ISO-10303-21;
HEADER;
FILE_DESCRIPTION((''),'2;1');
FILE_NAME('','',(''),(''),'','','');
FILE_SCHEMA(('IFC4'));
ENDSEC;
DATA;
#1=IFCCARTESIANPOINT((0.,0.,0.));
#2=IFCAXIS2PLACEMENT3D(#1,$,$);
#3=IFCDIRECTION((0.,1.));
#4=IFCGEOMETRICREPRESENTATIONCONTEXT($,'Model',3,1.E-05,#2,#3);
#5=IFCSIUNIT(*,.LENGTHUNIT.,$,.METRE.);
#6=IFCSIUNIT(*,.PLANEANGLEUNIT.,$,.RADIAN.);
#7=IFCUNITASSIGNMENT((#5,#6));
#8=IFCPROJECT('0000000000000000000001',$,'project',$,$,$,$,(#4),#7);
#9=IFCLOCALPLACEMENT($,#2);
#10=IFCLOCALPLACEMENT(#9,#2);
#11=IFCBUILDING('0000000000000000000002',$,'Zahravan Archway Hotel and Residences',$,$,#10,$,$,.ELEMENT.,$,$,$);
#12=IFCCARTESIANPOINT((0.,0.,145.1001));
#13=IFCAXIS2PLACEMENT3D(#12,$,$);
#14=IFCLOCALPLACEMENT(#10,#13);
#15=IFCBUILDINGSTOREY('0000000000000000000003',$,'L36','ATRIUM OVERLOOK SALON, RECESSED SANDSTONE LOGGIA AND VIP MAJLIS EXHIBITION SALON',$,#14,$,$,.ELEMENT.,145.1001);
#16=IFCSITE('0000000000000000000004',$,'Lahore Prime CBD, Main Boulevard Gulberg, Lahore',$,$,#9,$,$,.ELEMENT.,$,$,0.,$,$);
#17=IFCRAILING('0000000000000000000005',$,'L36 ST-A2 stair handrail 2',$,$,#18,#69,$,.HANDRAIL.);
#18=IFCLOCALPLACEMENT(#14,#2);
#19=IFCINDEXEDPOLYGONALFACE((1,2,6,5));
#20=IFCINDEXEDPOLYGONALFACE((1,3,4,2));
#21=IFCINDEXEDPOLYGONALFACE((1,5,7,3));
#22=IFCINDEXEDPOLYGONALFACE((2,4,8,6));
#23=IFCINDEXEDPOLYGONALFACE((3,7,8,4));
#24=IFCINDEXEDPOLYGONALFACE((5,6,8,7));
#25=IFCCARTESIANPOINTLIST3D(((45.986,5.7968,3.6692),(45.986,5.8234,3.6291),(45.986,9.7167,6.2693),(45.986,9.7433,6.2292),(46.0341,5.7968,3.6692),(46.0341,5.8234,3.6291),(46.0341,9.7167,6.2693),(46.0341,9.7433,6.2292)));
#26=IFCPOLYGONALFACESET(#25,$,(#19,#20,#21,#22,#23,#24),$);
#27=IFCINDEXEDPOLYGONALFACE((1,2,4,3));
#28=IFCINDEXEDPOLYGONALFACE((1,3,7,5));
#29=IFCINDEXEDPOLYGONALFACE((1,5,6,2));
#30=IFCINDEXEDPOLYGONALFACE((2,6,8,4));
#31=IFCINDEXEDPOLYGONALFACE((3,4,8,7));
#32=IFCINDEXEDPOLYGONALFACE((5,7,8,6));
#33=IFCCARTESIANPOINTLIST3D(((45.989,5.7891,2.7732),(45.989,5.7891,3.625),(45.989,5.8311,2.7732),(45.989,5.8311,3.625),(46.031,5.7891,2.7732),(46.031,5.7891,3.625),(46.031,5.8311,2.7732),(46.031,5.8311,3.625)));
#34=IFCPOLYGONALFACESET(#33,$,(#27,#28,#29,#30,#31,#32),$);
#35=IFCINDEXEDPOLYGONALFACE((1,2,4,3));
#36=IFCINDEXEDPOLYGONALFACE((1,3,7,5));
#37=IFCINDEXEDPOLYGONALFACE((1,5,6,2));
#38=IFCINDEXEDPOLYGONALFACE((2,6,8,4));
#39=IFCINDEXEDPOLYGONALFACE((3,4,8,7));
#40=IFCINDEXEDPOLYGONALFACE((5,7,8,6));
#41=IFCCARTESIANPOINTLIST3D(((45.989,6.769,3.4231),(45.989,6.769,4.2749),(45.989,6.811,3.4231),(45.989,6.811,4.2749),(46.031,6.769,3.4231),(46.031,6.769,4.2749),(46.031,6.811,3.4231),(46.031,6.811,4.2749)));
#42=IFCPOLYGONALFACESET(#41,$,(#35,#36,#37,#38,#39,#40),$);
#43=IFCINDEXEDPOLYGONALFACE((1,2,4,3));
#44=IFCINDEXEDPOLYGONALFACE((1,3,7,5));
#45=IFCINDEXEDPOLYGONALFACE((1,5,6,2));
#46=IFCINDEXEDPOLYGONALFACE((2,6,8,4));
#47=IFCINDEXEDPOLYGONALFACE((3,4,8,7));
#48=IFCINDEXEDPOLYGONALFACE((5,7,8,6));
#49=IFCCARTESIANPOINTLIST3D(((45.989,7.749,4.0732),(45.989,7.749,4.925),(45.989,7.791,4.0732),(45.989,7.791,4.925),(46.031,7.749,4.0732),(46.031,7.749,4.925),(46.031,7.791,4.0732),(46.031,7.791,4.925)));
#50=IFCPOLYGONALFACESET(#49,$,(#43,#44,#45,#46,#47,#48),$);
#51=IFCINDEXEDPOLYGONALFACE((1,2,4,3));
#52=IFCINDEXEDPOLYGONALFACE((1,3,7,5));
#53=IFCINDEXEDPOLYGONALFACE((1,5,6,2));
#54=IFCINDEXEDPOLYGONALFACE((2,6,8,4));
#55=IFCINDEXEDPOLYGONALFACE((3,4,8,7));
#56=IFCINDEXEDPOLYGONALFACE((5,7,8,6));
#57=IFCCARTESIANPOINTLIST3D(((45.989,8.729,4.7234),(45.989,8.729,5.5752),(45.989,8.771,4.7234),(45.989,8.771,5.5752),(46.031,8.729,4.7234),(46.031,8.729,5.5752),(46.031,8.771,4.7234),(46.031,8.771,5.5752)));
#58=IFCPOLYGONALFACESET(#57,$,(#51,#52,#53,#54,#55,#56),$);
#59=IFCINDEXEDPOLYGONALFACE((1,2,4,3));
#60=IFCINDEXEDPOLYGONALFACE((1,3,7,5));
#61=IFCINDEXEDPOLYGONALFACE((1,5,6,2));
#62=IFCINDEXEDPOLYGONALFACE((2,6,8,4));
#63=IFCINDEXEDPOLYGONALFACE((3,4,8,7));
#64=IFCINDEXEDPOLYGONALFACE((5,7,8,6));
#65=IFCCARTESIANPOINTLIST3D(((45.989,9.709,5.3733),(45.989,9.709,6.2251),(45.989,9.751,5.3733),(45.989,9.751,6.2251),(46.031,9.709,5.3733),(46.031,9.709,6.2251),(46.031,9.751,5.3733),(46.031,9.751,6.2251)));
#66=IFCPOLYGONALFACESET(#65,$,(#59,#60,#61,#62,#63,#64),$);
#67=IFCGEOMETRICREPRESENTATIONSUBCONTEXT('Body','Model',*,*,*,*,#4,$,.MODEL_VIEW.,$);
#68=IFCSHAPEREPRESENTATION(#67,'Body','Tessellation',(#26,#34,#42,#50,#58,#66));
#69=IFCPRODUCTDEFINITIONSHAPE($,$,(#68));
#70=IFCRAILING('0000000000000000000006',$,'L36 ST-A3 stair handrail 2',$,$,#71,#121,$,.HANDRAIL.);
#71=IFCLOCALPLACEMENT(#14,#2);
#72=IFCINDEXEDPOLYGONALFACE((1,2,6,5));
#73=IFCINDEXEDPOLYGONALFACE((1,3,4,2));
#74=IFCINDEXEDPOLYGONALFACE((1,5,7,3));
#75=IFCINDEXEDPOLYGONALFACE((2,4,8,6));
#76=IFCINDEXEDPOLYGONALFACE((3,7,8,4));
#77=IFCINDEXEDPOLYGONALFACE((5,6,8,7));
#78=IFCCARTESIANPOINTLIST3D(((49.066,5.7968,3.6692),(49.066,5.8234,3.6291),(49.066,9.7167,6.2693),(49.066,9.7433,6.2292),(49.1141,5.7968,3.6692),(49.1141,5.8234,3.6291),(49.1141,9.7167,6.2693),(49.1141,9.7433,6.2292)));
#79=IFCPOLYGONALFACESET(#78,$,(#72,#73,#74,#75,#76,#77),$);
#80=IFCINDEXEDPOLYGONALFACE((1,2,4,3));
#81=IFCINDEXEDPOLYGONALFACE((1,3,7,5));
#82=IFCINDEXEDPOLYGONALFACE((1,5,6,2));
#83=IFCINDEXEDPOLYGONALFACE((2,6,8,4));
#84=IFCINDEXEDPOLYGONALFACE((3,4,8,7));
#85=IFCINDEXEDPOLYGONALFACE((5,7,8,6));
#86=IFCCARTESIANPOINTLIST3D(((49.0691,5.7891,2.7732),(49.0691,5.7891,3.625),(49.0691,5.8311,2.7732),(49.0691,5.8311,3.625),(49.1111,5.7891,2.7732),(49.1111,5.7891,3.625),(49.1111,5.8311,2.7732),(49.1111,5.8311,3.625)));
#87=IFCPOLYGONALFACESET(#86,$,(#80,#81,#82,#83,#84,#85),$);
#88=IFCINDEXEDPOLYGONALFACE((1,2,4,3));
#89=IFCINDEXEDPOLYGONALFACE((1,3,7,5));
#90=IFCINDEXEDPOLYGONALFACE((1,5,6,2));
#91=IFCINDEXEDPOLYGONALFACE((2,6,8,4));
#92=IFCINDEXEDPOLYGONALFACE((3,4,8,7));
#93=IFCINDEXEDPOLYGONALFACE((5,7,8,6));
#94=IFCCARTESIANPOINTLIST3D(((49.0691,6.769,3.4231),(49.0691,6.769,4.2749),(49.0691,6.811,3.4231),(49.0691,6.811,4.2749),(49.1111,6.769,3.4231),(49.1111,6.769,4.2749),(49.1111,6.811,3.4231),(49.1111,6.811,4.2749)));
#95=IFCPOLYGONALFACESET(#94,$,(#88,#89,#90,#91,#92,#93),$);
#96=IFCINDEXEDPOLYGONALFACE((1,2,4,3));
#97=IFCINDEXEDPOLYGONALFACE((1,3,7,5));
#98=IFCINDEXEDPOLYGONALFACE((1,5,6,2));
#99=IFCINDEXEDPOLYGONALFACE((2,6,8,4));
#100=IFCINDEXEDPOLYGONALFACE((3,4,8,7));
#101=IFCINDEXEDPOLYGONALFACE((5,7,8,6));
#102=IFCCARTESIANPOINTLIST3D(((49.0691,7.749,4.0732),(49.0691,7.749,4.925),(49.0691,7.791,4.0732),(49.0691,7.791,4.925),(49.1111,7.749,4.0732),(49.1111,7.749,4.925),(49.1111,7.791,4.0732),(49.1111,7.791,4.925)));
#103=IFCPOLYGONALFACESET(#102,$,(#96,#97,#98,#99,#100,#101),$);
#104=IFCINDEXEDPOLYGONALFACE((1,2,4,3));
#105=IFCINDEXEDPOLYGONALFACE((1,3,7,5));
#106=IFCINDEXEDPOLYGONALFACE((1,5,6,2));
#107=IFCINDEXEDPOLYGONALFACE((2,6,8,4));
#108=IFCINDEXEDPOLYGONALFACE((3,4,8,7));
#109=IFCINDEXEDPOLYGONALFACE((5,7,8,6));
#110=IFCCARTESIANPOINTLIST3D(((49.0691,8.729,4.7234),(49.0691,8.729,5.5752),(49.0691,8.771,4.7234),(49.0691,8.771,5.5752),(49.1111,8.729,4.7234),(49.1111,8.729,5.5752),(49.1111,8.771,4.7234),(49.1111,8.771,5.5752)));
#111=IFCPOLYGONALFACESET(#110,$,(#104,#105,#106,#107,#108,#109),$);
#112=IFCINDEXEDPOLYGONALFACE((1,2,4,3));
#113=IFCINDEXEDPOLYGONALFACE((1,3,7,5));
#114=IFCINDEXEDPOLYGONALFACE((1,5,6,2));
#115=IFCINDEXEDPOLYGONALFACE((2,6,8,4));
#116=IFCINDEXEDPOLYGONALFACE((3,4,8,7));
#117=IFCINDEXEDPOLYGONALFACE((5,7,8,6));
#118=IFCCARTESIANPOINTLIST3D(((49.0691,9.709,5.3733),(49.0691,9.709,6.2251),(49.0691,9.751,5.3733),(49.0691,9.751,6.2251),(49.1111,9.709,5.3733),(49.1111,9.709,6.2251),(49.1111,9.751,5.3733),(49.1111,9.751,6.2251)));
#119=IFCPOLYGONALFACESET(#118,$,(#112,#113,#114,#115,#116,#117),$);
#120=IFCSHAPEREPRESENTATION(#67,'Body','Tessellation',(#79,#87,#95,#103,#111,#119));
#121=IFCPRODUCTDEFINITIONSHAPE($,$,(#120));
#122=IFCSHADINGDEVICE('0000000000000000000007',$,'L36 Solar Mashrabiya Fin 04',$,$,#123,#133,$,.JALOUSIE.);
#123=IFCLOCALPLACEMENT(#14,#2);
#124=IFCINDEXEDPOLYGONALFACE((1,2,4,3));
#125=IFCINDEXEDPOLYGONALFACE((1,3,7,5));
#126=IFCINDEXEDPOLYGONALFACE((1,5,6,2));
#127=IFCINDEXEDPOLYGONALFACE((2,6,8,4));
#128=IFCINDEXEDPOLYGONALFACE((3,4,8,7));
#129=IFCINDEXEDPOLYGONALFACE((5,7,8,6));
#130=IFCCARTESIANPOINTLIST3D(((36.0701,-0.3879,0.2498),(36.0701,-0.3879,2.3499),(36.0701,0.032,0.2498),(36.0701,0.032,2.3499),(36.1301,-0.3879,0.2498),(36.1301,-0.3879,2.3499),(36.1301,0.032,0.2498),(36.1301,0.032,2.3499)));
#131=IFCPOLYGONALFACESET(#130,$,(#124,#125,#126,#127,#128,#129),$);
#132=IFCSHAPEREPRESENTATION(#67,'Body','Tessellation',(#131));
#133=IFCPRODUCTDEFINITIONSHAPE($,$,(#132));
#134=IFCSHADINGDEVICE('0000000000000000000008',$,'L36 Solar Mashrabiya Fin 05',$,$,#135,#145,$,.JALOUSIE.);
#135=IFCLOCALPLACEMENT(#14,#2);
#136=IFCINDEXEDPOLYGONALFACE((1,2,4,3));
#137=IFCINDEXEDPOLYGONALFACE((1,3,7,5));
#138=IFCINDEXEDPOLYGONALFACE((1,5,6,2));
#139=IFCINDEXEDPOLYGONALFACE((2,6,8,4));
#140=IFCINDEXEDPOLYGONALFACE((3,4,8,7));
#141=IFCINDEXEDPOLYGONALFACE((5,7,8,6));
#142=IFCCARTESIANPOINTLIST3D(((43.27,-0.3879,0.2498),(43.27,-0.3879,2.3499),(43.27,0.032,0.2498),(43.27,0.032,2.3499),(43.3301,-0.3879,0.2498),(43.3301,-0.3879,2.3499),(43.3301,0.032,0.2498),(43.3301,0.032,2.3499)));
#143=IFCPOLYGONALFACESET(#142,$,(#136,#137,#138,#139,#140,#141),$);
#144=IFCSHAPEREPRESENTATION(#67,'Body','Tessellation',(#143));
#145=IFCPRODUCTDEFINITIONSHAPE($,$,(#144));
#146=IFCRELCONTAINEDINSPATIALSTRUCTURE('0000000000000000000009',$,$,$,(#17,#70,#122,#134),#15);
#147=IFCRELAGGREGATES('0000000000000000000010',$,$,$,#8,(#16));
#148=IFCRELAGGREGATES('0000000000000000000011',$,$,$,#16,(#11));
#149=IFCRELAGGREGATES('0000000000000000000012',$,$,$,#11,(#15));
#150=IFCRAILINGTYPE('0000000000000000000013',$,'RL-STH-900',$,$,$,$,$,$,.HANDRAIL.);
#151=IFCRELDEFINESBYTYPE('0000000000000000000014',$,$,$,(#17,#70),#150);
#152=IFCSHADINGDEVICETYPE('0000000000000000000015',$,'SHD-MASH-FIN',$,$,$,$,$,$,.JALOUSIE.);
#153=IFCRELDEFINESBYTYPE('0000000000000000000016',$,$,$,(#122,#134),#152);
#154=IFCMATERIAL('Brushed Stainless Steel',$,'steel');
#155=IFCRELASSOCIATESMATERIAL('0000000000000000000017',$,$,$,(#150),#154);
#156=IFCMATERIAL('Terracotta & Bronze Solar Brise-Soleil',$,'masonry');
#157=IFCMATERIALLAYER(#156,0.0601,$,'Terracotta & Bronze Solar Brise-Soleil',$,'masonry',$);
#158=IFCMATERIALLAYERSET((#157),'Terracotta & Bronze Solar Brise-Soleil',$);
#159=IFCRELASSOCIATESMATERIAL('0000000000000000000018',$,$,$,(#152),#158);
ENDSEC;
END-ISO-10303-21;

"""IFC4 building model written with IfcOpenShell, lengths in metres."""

from ifc_helpers import new_model, si_unit, direction, frame, origin, origin_2d, place, context, subcontext, project, spatial, rectangle, extrude, source, transform, mapped, material, layer, layer_set, type_object, type_shapes, element, save


model = new_model("IFC4")

# Units and contexts
model_context = context("Model", 3, precision=1e-05, world=origin(), true_north=direction((0.0, 1.0)))
body_context = subcontext(model_context, "Body", "Model", "MODEL_VIEW")
ifc_project = project(units=[si_unit("LENGTHUNIT", "METRE"), si_unit("PLANEANGLEUNIT", "RADIAN")], contexts=[model_context])

# Site, building, storey
site_placement = place(None, origin())
site = spatial("IfcSite", under=ifc_project, at=site_placement, Name="Lahore Prime CBD, Main Boulevard Gulberg, Lahore", CompositionType="ELEMENT", RefElevation=0.0)
building_placement = place(site_placement, origin())
building = spatial("IfcBuilding", under=site, at=building_placement, Name="Zahravan Archway Hotel and Residences", CompositionType="ELEMENT")
storey_placement = place(building_placement, frame((0.0, 0.0, 145.1001)))
storey = spatial("IfcBuildingStorey", under=building, at=storey_placement, Name="L36", Description="ATRIUM OVERLOOK SALON, RECESSED SANDSTONE LOGGIA AND VIP MAJLIS EXHIBITION SALON", CompositionType="ELEMENT", Elevation=145.1001)

# Railings
ifc_material_1 = material(Name="Brushed Stainless Steel", Category="steel")
railing_type_1 = type_object("IfcRailingType", Name="RL-STH-900", PredefinedType="HANDRAIL", material=ifc_material_1)
for number, where, name in (
    (1, (46.01, 5.8101, 2.7732), "L36 ST-A2 stair handrail 2"),
    (2, (49.0901, 5.8101, 2.7732), "L36 ST-A3 stair handrail 2"),
):
    element("IfcRailing", number, at=place(storey_placement, frame(where)), inside=storey, type_object=railing_type_1, Name=name, PredefinedType="HANDRAIL", context=body_context, shape_type="SweptSolid", body=[
        extrude(rectangle(XDim=0.0481, YDim=0.0481, at=origin_2d()), frame((0.0, 0.0, 0.876), z_axis=(0.0, 0.833342, 0.552758), x_axis=(-1.0, 0.0, 0.0)), (0.0, 0.0, 1.0), 4.7039),
        extrude(rectangle(XDim=0.042, YDim=0.042, at=origin_2d()), origin(), (0.0, 0.0, 1.0), 0.8518),
        extrude(rectangle(XDim=0.042, YDim=0.042, at=origin_2d()), frame((0.0, 0.98, 0.6499)), (0.0, 0.0, 1.0), 0.8518),
        extrude(rectangle(XDim=0.042, YDim=0.042, at=origin_2d()), frame((0.0, 1.96, 1.3)), (0.0, 0.0, 1.0), 0.8518),
        extrude(rectangle(XDim=0.042, YDim=0.042, at=origin_2d()), frame((0.0, 2.9399, 1.9502)), (0.0, 0.0, 1.0), 0.8518),
        extrude(rectangle(XDim=0.042, YDim=0.042, at=origin_2d()), frame((0.0, 3.9199, 2.6001)), (0.0, 0.0, 1.0), 0.8518),
    ])

# Shading devices
ifc_material_2 = material(Name="Terracotta & Bronze Solar Brise-Soleil", Category="masonry")
ifc_layer_1 = layer(ifc_material_2, 0.0601, Name="Terracotta & Bronze Solar Brise-Soleil", Category="masonry")
ifc_layer_set_1 = layer_set([ifc_layer_1], Name="Terracotta & Bronze Solar Brise-Soleil")
shading_device_type = type_object("IfcShadingDeviceType", Name="SHD-MASH-FIN", PredefinedType="JALOUSIE", material=ifc_layer_set_1)
shared_shape_1 = source(origin(), body_context, "Body", "SweptSolid", [
    extrude(rectangle(XDim=0.0601, YDim=0.4199, at=origin_2d()), origin(), (0.0, 0.0, 1.0), 2.1001),
])
type_shapes(shading_device_type, [shared_shape_1])
for number, where, z_axis, x_axis, name in (
    (3, (36.1001, -0.178, 0.2498), (0.0, 0.0, 1.0), (1.0, 0.0, 0.0), "L36 Solar Mashrabiya Fin 04"),
    (4, (43.3, -0.178, 0.2498), (0.0, 0.0, 1.0), (1.0, 0.0, 0.0), "L36 Solar Mashrabiya Fin 05"),
):
    element("IfcShadingDevice", number, at=place(storey_placement, frame(where, z_axis=z_axis, x_axis=x_axis)), inside=storey, type_object=shading_device_type, Name=name, PredefinedType="JALOUSIE", context=body_context, shape_type="MappedRepresentation", body=[
        mapped(shared_shape_1, transform((0.0, 0.0, 0.0), scale=1.0)),
    ])

save(model, "model.ifc")
